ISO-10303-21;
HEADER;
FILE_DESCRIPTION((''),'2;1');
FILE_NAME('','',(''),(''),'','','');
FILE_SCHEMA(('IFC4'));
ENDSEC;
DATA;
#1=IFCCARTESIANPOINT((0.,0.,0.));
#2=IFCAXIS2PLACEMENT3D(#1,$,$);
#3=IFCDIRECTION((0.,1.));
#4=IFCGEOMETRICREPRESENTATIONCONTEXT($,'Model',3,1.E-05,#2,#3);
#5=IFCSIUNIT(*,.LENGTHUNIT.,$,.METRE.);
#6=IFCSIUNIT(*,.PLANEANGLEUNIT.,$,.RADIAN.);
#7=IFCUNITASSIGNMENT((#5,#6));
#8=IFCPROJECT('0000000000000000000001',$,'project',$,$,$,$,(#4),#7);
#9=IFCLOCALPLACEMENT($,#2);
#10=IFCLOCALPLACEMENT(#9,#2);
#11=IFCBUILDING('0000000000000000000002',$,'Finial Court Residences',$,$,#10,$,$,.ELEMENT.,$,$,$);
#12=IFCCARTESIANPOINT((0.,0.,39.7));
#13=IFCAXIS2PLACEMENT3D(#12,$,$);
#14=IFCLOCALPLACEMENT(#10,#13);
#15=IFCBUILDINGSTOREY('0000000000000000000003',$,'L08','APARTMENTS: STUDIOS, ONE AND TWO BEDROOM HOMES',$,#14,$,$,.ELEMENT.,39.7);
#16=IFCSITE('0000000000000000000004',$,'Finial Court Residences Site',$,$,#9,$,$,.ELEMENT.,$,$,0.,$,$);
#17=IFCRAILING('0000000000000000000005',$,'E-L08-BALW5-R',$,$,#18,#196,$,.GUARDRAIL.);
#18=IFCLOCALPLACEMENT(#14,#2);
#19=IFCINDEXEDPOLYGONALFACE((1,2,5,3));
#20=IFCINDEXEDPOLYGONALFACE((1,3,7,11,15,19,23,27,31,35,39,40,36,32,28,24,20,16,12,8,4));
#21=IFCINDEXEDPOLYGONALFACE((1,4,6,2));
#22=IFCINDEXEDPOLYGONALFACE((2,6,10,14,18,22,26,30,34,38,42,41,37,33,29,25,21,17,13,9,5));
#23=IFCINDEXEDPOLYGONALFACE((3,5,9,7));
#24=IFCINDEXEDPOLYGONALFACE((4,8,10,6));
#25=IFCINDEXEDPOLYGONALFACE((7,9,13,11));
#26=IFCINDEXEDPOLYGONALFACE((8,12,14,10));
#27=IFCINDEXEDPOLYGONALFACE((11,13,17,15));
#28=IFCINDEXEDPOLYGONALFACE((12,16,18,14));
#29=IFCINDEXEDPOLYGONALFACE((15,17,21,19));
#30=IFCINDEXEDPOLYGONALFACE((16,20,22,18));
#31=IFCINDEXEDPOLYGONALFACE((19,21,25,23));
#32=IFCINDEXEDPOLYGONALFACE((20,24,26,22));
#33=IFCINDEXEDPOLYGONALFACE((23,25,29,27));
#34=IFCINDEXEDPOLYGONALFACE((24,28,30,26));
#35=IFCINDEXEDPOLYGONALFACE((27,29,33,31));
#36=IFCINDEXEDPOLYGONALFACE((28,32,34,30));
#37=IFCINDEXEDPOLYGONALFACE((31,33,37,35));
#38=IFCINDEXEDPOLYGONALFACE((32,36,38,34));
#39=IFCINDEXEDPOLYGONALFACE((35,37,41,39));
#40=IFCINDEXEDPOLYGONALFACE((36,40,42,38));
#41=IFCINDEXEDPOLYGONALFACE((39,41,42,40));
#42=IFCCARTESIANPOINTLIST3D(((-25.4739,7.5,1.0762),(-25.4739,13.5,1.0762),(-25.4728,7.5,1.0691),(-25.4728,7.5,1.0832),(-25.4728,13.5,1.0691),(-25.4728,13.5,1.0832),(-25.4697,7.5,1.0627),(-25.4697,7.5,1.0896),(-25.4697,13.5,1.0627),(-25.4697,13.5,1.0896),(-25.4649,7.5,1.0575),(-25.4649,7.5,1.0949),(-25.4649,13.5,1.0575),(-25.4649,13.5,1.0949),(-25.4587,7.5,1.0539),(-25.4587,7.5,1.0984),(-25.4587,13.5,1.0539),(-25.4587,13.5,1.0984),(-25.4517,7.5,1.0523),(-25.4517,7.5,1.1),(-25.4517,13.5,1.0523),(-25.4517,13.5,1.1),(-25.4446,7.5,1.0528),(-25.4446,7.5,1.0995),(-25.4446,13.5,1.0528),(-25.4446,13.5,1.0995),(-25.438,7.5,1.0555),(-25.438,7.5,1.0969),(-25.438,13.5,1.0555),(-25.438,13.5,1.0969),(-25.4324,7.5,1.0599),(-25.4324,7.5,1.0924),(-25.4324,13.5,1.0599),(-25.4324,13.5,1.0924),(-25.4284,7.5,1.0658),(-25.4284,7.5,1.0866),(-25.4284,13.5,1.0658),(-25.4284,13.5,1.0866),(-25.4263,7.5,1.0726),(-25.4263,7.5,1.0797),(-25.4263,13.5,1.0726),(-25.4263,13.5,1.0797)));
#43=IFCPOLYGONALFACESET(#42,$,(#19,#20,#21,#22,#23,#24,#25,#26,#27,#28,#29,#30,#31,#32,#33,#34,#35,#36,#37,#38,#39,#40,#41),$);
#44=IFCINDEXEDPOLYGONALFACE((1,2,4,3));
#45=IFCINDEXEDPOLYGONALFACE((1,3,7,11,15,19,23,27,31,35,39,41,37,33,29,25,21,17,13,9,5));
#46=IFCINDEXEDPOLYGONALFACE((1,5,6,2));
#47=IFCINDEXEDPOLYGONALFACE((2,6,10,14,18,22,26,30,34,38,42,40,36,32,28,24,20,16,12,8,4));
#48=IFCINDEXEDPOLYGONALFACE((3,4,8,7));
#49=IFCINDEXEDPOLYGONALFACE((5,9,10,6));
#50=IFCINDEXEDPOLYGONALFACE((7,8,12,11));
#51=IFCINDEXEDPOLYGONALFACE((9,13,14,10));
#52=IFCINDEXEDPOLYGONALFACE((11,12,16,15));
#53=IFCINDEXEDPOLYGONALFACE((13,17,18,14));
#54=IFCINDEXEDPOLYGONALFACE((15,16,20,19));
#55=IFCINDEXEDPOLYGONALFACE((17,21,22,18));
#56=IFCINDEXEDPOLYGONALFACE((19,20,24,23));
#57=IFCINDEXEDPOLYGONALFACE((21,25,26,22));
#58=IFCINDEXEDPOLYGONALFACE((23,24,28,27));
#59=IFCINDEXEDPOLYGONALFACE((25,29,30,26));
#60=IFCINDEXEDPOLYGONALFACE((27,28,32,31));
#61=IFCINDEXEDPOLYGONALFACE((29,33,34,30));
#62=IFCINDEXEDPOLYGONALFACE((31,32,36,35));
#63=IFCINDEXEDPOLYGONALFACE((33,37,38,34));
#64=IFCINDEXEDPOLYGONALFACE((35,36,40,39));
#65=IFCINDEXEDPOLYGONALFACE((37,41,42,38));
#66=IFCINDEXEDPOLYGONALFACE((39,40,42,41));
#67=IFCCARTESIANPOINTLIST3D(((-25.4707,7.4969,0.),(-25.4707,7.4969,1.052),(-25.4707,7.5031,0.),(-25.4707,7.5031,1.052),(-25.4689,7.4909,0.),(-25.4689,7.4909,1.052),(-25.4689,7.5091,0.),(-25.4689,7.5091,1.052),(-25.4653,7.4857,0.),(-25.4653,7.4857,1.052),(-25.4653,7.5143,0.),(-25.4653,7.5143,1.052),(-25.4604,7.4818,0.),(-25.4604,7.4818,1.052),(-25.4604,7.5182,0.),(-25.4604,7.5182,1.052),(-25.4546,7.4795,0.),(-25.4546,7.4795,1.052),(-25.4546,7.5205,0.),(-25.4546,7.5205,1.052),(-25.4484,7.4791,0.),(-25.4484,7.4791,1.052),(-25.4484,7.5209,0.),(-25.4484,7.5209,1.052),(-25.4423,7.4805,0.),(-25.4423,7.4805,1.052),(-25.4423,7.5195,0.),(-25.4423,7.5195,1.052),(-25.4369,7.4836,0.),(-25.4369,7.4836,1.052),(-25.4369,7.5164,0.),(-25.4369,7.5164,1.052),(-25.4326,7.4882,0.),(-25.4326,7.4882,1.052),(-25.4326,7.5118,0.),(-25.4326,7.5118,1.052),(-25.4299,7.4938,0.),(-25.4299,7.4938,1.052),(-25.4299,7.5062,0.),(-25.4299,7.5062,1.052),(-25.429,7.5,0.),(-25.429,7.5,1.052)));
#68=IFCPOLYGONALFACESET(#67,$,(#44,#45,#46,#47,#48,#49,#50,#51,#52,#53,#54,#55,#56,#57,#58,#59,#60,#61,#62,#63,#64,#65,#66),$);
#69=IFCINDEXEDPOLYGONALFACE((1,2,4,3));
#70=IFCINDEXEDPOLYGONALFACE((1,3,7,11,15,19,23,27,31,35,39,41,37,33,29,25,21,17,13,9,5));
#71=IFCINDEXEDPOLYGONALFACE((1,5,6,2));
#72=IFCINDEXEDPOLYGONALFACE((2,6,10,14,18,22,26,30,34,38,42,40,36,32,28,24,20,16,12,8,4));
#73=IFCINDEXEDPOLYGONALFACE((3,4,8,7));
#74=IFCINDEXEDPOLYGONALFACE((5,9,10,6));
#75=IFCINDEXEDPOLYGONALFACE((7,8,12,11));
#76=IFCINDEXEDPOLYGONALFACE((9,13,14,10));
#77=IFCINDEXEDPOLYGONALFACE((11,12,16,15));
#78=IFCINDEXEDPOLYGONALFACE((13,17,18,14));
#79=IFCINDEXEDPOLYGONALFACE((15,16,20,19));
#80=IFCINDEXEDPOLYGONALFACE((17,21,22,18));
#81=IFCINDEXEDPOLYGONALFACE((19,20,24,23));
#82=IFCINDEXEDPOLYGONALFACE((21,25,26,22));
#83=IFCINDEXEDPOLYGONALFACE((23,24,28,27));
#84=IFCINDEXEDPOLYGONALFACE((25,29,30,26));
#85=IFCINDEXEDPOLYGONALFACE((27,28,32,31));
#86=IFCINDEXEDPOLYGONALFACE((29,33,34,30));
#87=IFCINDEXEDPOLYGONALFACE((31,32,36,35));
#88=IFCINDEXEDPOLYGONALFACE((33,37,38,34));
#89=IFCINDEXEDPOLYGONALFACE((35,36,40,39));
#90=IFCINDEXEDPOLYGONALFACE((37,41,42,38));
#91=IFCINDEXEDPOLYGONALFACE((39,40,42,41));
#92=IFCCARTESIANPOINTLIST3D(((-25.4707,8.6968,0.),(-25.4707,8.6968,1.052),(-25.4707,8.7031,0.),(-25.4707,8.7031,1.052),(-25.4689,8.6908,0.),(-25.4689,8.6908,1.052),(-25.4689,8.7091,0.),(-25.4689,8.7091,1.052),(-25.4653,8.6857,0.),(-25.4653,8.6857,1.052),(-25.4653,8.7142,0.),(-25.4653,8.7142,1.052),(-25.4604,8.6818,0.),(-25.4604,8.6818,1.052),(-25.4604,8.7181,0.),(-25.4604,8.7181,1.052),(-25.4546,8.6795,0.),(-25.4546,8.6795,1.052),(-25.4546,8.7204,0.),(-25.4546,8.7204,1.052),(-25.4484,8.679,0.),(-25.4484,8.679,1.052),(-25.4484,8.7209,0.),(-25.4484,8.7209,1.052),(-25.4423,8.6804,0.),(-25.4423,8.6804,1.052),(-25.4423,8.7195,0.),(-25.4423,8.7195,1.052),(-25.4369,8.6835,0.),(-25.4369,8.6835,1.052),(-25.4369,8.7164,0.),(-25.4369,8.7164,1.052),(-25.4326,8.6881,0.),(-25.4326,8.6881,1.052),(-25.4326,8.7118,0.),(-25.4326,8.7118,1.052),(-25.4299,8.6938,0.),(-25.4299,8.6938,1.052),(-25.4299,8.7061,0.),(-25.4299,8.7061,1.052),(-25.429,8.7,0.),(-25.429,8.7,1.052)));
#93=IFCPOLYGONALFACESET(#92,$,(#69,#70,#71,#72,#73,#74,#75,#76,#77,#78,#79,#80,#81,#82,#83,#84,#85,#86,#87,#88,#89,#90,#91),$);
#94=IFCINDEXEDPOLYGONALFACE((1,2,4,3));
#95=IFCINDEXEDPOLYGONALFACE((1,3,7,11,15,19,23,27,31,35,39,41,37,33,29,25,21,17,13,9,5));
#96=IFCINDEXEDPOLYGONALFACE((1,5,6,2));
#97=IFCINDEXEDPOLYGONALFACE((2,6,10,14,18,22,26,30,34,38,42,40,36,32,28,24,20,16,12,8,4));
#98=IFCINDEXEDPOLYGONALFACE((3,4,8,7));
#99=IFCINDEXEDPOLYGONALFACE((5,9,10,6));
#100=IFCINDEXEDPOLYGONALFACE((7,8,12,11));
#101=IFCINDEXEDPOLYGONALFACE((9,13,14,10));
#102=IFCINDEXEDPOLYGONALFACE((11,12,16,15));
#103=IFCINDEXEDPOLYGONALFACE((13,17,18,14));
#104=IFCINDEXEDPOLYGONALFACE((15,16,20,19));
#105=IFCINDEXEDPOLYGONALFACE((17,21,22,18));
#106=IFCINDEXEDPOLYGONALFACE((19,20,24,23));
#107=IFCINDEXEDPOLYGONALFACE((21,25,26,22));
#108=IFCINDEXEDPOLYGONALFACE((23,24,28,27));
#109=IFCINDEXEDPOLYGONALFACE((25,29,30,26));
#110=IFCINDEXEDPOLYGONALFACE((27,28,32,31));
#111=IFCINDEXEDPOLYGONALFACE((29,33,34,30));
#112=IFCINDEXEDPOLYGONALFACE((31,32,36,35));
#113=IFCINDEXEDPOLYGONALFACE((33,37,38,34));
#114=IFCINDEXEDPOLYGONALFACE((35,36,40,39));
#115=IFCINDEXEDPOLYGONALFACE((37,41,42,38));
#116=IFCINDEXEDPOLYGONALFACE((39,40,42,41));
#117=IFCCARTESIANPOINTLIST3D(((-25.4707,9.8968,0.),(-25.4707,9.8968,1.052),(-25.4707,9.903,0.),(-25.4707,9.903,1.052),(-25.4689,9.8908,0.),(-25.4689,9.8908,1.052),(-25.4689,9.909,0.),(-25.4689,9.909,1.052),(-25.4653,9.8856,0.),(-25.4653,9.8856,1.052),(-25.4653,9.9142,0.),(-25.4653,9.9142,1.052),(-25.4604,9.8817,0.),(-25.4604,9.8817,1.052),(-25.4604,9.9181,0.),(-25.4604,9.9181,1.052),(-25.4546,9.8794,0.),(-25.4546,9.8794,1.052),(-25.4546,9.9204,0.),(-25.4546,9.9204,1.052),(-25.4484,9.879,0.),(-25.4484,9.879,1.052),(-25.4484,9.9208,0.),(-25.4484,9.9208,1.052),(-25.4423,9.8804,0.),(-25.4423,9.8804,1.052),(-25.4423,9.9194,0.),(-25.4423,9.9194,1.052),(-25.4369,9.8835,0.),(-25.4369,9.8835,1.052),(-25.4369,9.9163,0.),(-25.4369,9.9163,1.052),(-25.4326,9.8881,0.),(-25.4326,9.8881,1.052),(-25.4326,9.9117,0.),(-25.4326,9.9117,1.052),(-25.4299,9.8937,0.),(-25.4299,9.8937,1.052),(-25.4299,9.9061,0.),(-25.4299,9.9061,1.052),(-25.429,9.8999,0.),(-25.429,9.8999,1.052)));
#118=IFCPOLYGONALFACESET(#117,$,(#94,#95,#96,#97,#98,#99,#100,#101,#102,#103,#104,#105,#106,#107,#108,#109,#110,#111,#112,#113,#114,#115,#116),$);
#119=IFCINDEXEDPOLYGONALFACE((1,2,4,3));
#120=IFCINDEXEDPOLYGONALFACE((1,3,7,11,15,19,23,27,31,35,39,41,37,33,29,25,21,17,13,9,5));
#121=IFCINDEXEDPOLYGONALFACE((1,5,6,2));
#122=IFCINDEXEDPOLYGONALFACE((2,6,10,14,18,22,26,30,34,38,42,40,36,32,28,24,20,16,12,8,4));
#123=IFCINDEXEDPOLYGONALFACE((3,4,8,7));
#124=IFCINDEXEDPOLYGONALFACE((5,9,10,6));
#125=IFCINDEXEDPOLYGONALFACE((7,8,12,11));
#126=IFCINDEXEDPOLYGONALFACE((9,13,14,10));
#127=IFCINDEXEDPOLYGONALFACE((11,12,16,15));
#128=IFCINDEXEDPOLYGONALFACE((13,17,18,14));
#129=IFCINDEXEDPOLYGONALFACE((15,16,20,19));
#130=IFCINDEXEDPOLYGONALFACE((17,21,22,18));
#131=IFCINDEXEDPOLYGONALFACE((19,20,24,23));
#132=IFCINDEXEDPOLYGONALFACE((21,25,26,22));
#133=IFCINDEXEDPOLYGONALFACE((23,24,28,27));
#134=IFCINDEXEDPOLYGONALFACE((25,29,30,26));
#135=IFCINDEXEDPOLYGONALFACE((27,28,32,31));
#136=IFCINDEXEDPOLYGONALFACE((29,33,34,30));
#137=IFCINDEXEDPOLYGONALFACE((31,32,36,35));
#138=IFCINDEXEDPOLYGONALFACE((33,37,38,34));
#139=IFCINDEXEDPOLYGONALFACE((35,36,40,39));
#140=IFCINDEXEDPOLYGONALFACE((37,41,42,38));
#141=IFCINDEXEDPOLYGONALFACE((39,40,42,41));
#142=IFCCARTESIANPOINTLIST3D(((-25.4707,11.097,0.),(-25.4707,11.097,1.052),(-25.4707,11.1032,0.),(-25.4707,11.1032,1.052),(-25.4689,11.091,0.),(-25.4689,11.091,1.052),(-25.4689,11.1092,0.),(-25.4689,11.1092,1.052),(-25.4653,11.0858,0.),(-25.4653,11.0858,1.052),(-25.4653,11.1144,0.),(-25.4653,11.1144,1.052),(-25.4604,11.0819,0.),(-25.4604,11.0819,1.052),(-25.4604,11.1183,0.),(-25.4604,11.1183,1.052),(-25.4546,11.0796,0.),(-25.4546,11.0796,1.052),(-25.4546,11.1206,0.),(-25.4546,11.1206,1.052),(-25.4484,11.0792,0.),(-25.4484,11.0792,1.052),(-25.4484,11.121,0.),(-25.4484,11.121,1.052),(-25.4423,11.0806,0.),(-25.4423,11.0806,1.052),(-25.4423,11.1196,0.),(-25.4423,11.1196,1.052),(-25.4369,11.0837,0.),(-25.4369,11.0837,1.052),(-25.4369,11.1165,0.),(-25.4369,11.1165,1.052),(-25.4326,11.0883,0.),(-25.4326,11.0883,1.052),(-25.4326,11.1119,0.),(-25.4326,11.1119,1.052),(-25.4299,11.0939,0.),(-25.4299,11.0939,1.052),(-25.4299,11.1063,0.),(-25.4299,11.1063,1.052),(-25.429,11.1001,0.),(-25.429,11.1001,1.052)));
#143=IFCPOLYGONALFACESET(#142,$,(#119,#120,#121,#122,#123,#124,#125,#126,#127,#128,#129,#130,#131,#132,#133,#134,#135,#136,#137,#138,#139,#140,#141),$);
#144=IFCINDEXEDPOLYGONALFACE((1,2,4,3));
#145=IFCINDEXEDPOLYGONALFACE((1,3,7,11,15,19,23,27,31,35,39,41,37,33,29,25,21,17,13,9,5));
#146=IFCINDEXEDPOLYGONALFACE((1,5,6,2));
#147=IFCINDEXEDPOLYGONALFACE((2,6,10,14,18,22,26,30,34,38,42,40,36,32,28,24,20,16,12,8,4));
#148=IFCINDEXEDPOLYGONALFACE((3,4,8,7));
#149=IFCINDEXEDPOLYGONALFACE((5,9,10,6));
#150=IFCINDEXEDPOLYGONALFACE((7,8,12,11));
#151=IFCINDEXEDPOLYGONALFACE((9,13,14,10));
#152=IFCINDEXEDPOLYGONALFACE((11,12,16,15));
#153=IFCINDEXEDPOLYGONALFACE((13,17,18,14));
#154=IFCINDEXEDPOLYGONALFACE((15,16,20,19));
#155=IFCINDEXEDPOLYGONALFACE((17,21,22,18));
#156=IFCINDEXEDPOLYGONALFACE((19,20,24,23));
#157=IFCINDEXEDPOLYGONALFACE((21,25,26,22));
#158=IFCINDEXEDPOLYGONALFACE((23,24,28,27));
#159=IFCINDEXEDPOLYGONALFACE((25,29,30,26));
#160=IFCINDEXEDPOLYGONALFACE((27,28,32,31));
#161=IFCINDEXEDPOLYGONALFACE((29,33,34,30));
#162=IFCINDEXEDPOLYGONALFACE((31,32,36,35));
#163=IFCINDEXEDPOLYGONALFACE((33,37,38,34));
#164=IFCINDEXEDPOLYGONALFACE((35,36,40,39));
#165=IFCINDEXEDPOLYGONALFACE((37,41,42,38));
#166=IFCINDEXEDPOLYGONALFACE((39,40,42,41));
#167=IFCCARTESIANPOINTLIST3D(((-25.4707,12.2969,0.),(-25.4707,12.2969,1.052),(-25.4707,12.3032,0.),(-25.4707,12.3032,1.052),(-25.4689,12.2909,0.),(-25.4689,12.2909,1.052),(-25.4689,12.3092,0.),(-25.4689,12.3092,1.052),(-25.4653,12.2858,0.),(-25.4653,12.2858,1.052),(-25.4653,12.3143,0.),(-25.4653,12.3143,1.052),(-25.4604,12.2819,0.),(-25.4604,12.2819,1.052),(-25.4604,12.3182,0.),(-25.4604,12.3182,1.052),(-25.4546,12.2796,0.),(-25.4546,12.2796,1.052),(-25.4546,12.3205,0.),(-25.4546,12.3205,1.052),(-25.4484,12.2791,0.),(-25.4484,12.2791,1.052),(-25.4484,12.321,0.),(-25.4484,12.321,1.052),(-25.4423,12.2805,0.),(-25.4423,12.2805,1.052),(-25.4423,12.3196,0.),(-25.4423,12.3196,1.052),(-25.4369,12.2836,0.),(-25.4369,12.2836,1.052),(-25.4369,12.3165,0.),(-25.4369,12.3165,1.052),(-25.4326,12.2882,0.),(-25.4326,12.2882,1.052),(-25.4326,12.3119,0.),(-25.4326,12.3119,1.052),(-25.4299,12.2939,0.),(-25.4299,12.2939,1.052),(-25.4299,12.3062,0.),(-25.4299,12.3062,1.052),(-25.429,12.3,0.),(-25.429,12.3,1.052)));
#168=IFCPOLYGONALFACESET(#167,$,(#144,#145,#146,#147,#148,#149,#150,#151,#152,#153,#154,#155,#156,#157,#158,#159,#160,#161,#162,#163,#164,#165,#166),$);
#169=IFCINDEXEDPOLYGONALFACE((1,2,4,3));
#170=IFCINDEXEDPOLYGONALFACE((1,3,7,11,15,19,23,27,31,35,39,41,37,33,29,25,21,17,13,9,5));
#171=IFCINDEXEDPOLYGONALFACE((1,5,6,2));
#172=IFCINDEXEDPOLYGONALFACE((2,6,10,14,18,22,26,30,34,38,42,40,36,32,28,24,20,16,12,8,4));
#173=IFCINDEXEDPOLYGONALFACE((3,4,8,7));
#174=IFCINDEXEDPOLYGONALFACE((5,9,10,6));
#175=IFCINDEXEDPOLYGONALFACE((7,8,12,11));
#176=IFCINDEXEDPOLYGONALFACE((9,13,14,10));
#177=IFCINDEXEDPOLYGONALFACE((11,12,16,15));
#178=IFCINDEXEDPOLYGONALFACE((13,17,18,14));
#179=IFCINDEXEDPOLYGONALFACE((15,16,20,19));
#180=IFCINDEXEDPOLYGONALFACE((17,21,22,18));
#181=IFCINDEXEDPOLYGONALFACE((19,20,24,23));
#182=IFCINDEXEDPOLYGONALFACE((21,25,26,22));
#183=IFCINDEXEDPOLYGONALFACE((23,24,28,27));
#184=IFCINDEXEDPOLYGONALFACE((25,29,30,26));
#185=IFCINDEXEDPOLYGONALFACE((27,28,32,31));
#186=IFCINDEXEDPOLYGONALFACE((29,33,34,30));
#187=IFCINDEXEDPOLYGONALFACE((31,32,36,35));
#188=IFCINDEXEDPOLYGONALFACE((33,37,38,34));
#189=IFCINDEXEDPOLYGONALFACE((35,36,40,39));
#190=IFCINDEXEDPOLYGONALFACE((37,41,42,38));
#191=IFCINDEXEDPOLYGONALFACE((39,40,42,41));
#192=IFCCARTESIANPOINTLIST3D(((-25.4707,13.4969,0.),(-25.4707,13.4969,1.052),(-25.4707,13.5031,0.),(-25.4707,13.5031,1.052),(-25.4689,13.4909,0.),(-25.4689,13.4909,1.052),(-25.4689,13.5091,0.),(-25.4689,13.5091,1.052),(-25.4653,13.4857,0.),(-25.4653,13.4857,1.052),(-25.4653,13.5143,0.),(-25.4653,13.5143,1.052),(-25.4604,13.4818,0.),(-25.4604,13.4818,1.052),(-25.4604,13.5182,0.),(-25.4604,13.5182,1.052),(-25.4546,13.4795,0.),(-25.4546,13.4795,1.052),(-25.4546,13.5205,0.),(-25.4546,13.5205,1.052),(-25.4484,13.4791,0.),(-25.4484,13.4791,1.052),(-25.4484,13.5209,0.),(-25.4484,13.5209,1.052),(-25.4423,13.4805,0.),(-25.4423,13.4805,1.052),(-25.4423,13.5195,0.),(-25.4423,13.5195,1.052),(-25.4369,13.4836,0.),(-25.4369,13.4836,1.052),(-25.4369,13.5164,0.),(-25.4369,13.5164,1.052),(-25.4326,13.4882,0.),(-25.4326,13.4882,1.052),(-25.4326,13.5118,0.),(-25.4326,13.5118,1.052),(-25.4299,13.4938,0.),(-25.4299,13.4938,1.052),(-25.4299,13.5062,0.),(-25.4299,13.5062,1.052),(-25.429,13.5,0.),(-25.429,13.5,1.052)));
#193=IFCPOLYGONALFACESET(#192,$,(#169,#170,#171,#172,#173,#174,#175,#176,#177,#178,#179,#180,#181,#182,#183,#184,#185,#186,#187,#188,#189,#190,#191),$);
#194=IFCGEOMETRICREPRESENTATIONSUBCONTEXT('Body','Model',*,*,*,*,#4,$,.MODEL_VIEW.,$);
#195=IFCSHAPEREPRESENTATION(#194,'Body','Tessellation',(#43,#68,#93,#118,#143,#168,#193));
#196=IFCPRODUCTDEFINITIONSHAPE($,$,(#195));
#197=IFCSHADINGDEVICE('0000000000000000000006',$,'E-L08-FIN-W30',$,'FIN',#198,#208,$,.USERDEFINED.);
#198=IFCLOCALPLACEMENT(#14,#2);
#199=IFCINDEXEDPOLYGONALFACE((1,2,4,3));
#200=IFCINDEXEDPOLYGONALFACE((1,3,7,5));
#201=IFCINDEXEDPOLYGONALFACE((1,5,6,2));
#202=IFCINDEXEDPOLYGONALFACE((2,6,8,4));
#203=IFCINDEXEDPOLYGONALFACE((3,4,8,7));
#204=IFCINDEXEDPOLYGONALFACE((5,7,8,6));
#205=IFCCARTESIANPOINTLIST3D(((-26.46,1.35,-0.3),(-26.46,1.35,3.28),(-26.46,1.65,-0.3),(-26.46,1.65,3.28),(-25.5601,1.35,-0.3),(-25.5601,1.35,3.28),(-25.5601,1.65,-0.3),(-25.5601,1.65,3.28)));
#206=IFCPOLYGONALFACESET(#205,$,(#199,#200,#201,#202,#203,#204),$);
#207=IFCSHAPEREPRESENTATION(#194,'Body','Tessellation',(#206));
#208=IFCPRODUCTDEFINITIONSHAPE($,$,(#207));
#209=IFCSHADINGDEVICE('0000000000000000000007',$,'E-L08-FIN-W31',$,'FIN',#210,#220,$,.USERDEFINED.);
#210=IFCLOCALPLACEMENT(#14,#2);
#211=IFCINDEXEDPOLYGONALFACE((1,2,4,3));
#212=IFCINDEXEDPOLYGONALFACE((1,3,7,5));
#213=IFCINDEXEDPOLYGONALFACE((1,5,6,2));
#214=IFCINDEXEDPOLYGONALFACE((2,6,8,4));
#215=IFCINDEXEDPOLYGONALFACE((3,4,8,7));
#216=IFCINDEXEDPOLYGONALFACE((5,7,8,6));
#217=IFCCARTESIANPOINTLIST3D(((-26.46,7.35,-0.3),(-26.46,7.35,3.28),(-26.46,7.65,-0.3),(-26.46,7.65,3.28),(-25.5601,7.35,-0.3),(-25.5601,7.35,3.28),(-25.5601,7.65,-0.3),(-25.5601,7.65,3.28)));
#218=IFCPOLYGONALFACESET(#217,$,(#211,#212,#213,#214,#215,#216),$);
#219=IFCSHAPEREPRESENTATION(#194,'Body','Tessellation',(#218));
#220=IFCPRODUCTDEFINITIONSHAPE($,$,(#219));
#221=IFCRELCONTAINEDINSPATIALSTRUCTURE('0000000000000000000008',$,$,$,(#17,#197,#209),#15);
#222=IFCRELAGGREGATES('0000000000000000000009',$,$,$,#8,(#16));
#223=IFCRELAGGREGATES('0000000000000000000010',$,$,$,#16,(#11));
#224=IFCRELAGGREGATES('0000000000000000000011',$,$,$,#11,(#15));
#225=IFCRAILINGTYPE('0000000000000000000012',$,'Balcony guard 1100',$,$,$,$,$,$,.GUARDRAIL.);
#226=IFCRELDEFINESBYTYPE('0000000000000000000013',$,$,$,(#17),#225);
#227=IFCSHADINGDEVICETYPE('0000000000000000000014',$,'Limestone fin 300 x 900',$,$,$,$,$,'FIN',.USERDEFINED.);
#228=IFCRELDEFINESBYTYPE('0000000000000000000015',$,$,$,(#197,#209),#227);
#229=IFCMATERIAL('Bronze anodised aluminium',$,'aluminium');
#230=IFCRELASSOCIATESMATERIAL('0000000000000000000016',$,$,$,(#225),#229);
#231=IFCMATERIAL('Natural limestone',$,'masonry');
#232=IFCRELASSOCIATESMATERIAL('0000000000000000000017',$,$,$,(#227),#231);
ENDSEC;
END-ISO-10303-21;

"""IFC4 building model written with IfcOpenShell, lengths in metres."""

from ifc_helpers import new_model, si_unit, direction, frame, origin, origin_2d, place, context, subcontext, project, spatial, rectangle, circle, extrude, material, type_object, element, save


model = new_model("IFC4")

# Units and contexts
model_context = context("Model", 3, precision=1e-05, world=origin(), true_north=direction((0.0, 1.0)))
body_context = subcontext(model_context, "Body", "Model", "MODEL_VIEW")
ifc_project = project(units=[si_unit("LENGTHUNIT", "METRE"), si_unit("PLANEANGLEUNIT", "RADIAN")], contexts=[model_context])

# Site, building, storey
site_placement = place(None, origin())
site = spatial("IfcSite", under=ifc_project, at=site_placement, Name="Finial Court Residences Site", CompositionType="ELEMENT", RefElevation=0.0)
building_placement = place(site_placement, origin())
building = spatial("IfcBuilding", under=site, at=building_placement, Name="Finial Court Residences", CompositionType="ELEMENT")
storey_placement = place(building_placement, frame((0.0, 0.0, 39.7)))
storey = spatial("IfcBuildingStorey", under=building, at=storey_placement, Name="L08", Description="APARTMENTS: STUDIOS, ONE AND TWO BEDROOM HOMES", CompositionType="ELEMENT", Elevation=39.7)

# Shared definitions
ifc_material_1 = material(Name="Bronze anodised aluminium", Category="aluminium")

# Shared definitions
ifc_material_2 = material(Name="Natural limestone", Category="masonry")

# Railing
railing_type = type_object("IfcRailingType", Name="Balcony guard 1100", PredefinedType="GUARDRAIL", material=ifc_material_1)
railing_placement = place(storey_placement, frame((-25.45, 7.5, 0.0)))
element("IfcRailing", 1, at=railing_placement, inside=storey, type_object=railing_type, Name="E-L08-BALW5-R", PredefinedType="GUARDRAIL", context=body_context, shape_type="SweptSolid", body=[
    extrude(circle(Radius=0.0239, at=origin_2d()), frame((0.0, 0.0, 1.0762), z_axis=(0.0, 1.0, 0.0), x_axis=(-1.0, 0.0, 0.0)), (0.0, 0.0, 1.0), 6.0),
    extrude(circle(Radius=0.021, at=origin_2d()), origin(), (0.0, 0.0, 1.0), 1.052),
    extrude(circle(Radius=0.021, at=origin_2d()), frame((0.0, 1.2, 0.0)), (0.0, 0.0, 1.0), 1.052),
    extrude(circle(Radius=0.021, at=origin_2d()), frame((0.0, 2.3999, 0.0)), (0.0, 0.0, 1.0), 1.052),
    extrude(circle(Radius=0.021, at=origin_2d()), frame((0.0, 3.6001, 0.0)), (0.0, 0.0, 1.0), 1.052),
    extrude(circle(Radius=0.021, at=origin_2d()), frame((0.0, 4.8, 0.0)), (0.0, 0.0, 1.0), 1.052),
    extrude(circle(Radius=0.021, at=origin_2d()), frame((0.0, 6.0, 0.0)), (0.0, 0.0, 1.0), 1.052),
])

# Shading devices
shading_device_type = type_object("IfcShadingDeviceType", Name="Limestone fin 300 x 900", ElementType="FIN", PredefinedType="USERDEFINED", material=ifc_material_2)
for number, where, z_axis, x_axis, name in (
    (2, (-26.01, 1.5, -0.3), (0.0, 0.0, 1.0), (1.0, 0.0, 0.0), "E-L08-FIN-W30"),
    (3, (-26.01, 7.5, -0.3), (0.0, 0.0, 1.0), (1.0, 0.0, 0.0), "E-L08-FIN-W31"),
):
    element("IfcShadingDevice", number, at=place(storey_placement, frame(where, z_axis=z_axis, x_axis=x_axis)), inside=storey, type_object=shading_device_type, Name=name, ObjectType="FIN", PredefinedType="USERDEFINED", context=body_context, shape_type="SweptSolid", body=[
        extrude(rectangle(XDim=0.8999, YDim=0.3, at=origin_2d()), origin(), (0.0, 0.0, 1.0), 3.5801),
    ])

save(model, "model.ifc")
